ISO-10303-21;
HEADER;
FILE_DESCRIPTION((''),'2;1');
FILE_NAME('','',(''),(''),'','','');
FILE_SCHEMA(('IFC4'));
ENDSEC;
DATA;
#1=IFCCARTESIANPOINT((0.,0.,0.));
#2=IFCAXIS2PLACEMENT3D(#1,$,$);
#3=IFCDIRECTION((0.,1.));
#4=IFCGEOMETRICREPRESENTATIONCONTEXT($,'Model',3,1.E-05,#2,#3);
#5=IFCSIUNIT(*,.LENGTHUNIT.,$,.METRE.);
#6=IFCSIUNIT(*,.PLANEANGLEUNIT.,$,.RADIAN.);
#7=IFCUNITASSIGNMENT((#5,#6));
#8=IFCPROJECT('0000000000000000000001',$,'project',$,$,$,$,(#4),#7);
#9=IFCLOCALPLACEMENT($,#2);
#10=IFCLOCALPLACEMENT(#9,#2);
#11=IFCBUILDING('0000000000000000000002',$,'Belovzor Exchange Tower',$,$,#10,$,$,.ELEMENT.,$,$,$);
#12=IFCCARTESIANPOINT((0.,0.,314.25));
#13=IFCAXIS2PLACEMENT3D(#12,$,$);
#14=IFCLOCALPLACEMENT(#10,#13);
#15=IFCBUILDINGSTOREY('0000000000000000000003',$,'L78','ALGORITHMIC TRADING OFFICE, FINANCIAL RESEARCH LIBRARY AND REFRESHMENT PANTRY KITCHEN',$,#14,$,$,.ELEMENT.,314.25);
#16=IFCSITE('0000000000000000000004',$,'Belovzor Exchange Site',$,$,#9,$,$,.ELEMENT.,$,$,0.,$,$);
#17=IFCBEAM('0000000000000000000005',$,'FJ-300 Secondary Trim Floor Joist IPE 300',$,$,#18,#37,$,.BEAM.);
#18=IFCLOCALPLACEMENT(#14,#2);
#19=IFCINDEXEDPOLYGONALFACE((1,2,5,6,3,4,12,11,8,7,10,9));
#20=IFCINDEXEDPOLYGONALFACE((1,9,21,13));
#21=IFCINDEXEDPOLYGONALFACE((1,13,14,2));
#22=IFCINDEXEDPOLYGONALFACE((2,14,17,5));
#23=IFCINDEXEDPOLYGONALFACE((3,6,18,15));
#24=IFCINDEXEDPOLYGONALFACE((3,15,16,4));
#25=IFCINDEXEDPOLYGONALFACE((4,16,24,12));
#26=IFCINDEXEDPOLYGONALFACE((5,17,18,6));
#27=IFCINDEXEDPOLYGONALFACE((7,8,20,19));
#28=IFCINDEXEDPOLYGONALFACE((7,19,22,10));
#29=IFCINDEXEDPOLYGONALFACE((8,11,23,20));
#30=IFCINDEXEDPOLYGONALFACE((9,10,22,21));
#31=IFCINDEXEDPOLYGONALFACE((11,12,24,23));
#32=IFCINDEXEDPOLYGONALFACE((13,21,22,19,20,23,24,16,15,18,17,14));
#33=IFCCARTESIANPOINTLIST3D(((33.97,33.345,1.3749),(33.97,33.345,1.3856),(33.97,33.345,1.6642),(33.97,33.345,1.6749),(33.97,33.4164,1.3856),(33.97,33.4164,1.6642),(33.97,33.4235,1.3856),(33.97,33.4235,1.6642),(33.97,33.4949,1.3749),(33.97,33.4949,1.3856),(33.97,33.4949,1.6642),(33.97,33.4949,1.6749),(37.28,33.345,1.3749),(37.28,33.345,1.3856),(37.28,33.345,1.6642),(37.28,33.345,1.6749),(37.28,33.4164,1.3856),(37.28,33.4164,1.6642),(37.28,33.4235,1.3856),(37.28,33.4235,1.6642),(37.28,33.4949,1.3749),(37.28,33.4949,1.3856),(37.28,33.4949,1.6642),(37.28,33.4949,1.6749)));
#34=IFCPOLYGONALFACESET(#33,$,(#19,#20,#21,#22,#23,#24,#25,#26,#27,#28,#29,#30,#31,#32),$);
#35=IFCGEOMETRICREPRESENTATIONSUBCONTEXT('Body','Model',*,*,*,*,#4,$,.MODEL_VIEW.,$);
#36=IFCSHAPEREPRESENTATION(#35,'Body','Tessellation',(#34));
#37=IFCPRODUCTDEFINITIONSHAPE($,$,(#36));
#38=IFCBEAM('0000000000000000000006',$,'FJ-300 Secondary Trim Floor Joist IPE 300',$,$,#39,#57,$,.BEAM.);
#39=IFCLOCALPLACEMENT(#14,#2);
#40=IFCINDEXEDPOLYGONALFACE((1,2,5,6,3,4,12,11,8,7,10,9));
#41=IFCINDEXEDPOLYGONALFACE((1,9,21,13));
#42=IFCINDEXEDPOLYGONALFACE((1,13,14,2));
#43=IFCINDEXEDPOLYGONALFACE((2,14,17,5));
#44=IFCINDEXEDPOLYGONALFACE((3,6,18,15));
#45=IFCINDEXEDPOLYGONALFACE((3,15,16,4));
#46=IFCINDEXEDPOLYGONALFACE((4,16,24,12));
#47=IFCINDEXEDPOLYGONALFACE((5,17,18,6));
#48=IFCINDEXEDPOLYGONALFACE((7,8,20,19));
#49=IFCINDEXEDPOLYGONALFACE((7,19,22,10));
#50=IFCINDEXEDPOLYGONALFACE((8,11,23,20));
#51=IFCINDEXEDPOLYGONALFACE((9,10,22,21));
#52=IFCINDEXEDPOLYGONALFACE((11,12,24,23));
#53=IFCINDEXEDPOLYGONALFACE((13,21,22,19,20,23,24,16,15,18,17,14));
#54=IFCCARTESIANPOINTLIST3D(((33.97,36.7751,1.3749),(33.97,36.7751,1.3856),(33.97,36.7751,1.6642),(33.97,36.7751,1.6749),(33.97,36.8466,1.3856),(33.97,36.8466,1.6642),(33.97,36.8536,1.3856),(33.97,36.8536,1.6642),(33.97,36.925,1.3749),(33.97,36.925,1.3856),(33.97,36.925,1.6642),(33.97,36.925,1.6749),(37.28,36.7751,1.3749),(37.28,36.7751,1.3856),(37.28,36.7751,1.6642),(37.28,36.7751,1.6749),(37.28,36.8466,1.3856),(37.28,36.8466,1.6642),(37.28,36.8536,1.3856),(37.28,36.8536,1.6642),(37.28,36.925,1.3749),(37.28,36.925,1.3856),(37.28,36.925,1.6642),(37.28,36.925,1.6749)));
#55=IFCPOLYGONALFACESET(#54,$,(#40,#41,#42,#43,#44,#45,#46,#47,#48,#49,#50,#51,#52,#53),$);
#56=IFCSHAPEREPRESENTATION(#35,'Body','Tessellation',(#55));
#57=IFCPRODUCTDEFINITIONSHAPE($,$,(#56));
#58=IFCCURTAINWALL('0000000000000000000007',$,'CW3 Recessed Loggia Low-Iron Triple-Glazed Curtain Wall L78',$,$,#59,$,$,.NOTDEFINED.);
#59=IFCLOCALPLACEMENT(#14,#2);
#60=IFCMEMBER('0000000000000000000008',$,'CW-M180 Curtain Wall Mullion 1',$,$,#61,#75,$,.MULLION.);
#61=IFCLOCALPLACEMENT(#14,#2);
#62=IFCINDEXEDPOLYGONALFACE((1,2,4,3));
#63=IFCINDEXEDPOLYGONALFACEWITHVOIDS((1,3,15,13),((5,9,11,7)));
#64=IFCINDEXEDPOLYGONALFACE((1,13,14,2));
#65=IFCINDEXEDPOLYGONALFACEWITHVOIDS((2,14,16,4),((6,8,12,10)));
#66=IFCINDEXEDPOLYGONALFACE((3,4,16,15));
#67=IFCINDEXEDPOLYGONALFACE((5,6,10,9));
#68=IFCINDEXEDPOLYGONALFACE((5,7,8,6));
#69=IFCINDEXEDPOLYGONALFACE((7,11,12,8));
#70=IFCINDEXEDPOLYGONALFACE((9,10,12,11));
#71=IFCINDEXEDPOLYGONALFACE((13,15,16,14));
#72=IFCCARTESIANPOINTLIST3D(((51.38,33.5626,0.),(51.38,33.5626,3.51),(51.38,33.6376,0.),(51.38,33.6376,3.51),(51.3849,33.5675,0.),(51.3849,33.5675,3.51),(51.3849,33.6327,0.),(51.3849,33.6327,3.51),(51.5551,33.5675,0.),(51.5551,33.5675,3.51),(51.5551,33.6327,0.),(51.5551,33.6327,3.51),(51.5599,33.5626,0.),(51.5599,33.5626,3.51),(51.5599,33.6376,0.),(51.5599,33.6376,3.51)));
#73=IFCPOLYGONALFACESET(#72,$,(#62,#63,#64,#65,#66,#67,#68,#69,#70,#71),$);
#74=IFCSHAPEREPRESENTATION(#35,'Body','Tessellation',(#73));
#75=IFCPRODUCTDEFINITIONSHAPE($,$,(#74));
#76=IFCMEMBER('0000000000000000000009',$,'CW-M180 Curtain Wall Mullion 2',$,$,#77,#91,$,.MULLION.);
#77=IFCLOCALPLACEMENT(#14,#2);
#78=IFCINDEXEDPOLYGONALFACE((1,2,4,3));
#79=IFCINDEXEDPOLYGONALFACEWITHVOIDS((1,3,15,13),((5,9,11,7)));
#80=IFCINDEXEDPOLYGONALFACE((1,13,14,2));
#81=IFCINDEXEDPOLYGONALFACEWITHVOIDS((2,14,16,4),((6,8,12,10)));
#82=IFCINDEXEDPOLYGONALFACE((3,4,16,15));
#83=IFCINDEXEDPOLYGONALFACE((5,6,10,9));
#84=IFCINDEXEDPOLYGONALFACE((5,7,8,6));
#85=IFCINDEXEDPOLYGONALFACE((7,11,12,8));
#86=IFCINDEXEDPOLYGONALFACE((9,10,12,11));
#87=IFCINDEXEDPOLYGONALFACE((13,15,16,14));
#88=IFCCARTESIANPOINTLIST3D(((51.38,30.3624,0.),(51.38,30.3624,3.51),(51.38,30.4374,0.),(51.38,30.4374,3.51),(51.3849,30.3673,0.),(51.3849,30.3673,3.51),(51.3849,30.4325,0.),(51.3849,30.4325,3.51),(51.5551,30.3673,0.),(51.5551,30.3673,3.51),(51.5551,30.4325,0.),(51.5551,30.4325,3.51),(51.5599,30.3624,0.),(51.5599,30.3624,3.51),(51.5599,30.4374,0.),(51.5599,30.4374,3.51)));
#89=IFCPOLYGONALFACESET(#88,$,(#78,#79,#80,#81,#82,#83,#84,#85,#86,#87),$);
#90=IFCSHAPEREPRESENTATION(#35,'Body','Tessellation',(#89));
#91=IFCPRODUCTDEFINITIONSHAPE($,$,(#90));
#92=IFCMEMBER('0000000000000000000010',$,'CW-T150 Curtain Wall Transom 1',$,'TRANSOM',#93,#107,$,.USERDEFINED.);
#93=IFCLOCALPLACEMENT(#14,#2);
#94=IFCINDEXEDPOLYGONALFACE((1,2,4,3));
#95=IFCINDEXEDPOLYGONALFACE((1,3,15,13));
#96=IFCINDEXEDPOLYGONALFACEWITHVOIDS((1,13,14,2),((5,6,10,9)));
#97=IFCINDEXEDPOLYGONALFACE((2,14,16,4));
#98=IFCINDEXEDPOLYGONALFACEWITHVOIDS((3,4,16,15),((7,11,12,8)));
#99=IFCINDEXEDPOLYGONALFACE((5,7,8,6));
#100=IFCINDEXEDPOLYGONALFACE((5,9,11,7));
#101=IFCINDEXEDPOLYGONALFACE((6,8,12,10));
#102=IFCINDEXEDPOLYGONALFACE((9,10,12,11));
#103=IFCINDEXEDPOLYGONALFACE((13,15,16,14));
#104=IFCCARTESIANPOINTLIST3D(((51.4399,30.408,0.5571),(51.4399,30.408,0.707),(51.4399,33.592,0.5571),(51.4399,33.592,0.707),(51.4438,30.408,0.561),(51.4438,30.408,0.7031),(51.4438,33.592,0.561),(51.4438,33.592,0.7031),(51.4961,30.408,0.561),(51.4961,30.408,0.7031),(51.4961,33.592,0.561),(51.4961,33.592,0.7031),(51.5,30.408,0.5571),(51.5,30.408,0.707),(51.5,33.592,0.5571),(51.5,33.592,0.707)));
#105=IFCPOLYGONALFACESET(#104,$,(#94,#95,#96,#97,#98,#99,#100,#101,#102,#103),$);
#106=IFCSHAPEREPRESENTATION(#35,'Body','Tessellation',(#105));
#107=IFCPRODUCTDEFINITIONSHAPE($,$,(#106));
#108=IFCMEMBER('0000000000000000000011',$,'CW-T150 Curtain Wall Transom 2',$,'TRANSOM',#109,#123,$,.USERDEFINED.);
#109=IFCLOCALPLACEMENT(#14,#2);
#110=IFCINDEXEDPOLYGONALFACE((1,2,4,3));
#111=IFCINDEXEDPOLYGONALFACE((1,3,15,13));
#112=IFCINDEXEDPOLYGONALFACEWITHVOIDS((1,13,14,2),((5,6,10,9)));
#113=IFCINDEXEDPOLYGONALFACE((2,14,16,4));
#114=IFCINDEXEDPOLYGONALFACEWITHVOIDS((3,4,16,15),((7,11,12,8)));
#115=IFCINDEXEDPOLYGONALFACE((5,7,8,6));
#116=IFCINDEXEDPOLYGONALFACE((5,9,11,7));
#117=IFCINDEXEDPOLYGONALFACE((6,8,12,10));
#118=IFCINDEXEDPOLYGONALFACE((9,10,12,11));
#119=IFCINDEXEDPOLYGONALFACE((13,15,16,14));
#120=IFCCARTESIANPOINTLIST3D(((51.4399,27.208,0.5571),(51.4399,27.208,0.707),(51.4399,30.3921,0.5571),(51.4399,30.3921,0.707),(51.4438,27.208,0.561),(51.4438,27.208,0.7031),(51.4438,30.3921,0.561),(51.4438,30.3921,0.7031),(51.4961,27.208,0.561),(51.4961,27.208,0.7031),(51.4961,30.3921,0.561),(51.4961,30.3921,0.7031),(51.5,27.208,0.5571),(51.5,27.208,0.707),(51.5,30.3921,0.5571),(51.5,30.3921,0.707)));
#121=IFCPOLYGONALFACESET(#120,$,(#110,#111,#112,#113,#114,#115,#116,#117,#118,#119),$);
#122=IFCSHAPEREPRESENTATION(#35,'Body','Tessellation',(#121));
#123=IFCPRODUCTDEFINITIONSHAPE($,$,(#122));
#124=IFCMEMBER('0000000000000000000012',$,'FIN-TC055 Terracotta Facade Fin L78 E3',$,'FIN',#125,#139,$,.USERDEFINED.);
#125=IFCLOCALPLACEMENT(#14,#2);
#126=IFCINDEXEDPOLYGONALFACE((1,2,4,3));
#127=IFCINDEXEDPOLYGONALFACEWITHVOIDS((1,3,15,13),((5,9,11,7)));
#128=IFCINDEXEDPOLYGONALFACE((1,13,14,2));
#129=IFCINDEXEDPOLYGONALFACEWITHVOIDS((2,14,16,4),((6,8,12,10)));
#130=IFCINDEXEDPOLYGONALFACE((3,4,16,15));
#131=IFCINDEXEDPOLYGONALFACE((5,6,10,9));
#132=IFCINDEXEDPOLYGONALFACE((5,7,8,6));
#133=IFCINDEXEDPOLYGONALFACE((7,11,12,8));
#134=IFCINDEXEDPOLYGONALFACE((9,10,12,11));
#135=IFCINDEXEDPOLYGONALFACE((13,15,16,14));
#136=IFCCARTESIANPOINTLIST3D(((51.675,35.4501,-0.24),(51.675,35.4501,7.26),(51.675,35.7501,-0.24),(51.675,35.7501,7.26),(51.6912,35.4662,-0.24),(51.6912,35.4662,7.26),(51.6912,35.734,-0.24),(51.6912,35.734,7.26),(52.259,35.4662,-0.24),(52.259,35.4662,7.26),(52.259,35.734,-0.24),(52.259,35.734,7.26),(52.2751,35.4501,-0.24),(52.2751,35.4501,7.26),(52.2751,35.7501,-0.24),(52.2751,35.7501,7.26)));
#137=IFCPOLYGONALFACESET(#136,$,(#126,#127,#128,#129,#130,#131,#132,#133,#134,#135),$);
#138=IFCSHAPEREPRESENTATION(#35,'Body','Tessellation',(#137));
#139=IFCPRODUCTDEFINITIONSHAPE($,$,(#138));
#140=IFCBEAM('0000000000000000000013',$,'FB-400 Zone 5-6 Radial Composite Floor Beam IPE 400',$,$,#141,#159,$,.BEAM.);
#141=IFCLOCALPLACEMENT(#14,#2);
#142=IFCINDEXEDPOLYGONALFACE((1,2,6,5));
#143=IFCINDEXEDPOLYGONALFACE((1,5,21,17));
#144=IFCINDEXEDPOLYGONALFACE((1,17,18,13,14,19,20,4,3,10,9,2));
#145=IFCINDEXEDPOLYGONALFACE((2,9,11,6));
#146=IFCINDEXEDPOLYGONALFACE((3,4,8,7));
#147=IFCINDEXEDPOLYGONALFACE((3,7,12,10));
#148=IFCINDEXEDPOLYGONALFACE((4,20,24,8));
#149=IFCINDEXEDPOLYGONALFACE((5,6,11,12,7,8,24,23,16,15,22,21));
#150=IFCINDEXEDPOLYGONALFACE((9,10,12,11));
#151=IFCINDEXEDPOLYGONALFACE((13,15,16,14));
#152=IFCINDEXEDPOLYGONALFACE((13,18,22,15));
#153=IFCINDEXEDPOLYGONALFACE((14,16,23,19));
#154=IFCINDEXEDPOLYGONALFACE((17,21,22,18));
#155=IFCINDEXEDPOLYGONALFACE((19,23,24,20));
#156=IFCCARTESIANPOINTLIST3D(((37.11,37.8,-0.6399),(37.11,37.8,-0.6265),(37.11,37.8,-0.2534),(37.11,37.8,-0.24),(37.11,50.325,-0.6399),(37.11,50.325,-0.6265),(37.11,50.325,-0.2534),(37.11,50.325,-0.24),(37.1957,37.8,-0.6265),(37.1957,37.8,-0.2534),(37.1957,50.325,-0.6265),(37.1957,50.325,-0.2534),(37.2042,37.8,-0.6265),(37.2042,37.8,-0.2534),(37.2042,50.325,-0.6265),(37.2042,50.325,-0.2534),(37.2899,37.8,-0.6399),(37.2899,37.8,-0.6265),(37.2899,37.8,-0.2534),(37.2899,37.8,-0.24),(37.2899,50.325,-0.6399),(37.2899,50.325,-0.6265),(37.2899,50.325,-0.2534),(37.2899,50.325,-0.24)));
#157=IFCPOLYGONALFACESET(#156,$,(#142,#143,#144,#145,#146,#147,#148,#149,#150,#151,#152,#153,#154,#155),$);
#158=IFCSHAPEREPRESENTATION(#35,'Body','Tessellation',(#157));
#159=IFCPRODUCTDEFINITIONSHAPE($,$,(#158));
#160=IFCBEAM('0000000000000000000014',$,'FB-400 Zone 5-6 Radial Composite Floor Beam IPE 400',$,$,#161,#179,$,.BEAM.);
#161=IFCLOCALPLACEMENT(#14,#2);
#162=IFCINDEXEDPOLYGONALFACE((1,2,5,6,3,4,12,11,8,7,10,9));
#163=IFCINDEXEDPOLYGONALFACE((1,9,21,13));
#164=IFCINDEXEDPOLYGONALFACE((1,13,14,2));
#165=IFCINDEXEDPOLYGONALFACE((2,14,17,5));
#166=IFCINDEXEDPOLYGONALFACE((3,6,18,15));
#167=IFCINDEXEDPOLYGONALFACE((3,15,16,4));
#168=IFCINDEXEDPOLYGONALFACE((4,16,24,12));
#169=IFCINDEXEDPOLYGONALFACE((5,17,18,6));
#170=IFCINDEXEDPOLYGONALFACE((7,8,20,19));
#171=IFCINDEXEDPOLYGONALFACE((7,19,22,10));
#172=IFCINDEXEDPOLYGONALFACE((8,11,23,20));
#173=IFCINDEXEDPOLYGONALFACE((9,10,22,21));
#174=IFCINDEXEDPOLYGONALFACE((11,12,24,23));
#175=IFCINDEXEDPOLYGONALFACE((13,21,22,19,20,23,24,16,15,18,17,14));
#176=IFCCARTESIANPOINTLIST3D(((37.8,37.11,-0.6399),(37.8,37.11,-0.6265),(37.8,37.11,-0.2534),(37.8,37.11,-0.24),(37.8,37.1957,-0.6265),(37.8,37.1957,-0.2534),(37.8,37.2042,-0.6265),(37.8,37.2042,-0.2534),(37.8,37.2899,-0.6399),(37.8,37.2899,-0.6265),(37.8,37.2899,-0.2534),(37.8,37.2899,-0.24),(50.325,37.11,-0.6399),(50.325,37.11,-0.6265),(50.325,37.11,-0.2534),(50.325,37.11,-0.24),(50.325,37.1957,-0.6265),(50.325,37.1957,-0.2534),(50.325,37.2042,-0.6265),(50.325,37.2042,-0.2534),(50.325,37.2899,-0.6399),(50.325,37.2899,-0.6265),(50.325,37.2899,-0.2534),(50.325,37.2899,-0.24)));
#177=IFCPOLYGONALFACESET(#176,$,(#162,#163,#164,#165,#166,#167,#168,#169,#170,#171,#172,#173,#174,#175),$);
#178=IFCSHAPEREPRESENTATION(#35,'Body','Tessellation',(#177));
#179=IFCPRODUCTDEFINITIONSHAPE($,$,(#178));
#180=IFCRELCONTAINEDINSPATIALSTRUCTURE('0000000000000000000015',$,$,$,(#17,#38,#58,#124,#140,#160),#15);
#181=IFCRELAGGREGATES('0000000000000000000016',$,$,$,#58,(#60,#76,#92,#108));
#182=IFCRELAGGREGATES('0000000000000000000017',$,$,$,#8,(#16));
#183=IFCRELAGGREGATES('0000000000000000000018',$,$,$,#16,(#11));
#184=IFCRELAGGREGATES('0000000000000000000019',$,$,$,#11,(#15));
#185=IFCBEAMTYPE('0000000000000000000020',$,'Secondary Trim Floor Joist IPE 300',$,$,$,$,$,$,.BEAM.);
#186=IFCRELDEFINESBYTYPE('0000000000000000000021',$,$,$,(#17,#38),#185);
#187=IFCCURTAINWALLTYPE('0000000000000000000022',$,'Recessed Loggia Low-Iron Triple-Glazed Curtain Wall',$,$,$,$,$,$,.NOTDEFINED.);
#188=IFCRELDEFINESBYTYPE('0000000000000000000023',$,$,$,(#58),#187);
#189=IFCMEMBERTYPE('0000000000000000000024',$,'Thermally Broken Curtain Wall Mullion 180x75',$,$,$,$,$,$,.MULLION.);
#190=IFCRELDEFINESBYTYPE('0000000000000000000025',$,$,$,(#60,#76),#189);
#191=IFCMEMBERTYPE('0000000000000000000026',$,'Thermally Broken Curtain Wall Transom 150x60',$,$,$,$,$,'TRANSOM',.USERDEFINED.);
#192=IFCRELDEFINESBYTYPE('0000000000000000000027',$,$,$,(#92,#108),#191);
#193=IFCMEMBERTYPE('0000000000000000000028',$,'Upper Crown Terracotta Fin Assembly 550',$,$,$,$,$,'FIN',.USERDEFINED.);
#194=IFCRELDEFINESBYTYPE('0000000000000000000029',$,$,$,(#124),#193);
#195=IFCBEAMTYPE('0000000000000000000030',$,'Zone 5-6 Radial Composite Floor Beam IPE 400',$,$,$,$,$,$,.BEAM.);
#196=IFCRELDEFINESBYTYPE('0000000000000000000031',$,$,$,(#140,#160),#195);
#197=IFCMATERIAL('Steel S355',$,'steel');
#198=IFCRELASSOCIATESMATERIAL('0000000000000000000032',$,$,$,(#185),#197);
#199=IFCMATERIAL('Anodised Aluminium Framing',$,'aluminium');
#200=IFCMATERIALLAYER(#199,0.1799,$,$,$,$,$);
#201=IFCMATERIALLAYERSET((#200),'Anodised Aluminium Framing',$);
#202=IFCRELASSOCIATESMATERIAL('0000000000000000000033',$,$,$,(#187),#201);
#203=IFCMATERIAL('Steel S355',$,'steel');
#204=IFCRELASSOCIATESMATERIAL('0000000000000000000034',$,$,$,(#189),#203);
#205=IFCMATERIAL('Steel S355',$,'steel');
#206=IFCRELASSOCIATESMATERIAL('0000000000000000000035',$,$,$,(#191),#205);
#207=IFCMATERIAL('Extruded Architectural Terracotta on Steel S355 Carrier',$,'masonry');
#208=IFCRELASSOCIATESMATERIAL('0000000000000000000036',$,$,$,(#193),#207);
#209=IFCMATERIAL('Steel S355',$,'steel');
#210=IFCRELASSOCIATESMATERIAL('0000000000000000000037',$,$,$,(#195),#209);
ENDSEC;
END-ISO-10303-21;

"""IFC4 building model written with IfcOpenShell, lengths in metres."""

from ifc_helpers import new_model, si_unit, direction, frame, origin, origin_2d, place, context, subcontext, project, spatial, hollow_rectangle, i_section, extrude, material, layer, layer_set, material_profile, profile_set, type_object, element, aggregate, save


model = new_model("IFC4")

# Units and contexts
model_context = context("Model", 3, precision=1e-05, world=origin(), true_north=direction((0.0, 1.0)))
body_context = subcontext(model_context, "Body", "Model", "MODEL_VIEW")
ifc_project = project(units=[si_unit("LENGTHUNIT", "METRE"), si_unit("PLANEANGLEUNIT", "RADIAN")], contexts=[model_context])

# Site, building, storey
site_placement = place(None, origin())
site = spatial("IfcSite", under=ifc_project, at=site_placement, Name="Belovzor Exchange Site", CompositionType="ELEMENT", RefElevation=0.0)
building_placement = place(site_placement, origin())
building = spatial("IfcBuilding", under=site, at=building_placement, Name="Belovzor Exchange Tower", CompositionType="ELEMENT")
storey_placement = place(building_placement, frame((0.0, 0.0, 314.25)))
storey = spatial("IfcBuildingStorey", under=building, at=storey_placement, Name="L78", Description="ALGORITHMIC TRADING OFFICE, FINANCIAL RESEARCH LIBRARY AND REFRESHMENT PANTRY KITCHEN", CompositionType="ELEMENT", Elevation=314.25)

# Beams
ifc_material_1 = material(Name="Steel S355", Category="steel")
ifc_material_profile_1 = material_profile(ifc_material_1, i_section(OverallWidth=0.1499, OverallDepth=0.3, WebThickness=0.0071, FlangeThickness=0.0107, at=origin_2d()))
ifc_profile_set_1 = profile_set([ifc_material_profile_1], Name="Steel S355")
beam_type_1 = type_object("IfcBeamType", Name="Secondary Trim Floor Joist IPE 300", PredefinedType="BEAM", material=ifc_profile_set_1)
for number, where, z_axis, x_axis, name in (
    (1, (37.28, 33.4199, 1.5249), (-1.0, 0.0, 0.0), (0.0, -1.0, 0.0), "FJ-300 Secondary Trim Floor Joist IPE 300"),
    (2, (37.28, 36.8501, 1.5249), (-1.0, 0.0, 0.0), (0.0, -1.0, 0.0), "FJ-300 Secondary Trim Floor Joist IPE 300"),
):
    element("IfcBeam", number, at=place(storey_placement, frame(where, z_axis=z_axis, x_axis=x_axis)), inside=storey, type_object=beam_type_1, Name=name, PredefinedType="BEAM", context=body_context, shape_type="SweptSolid", body=[
        extrude(i_section(OverallWidth=0.1499, OverallDepth=0.3, WebThickness=0.0071, FlangeThickness=0.0107, at=origin_2d()), origin(), (0.0, 0.0, 1.0), 3.3101),
    ])

# Curtain wall, members
ifc_material_2 = material(Name="Anodised Aluminium Framing", Category="aluminium")
ifc_layer_1 = layer(ifc_material_2, 0.1799)
ifc_layer_set_1 = layer_set([ifc_layer_1], Name="Anodised Aluminium Framing")
curtain_wall_type = type_object("IfcCurtainWallType", Name="Recessed Loggia Low-Iron Triple-Glazed Curtain Wall", PredefinedType="NOTDEFINED", material=ifc_layer_set_1)
curtain_wall_placement = place(storey_placement, origin())
curtain_wall = element("IfcCurtainWall", 3, at=curtain_wall_placement, inside=storey, type_object=curtain_wall_type, Name="CW3 Recessed Loggia Low-Iron Triple-Glazed Curtain Wall L78", PredefinedType="NOTDEFINED")
ifc_material_3 = material(Name="Steel S355", Category="steel")
ifc_material_profile_2 = material_profile(ifc_material_3, hollow_rectangle(XDim=0.075, YDim=0.1799, WallThickness=0.0049, at=origin_2d()))
ifc_profile_set_2 = profile_set([ifc_material_profile_2], Name="Steel S355")
member_type_1 = type_object("IfcMemberType", Name="Thermally Broken Curtain Wall Mullion 180x75", PredefinedType="MULLION", material=ifc_profile_set_2)
member_1_placement = place(storey_placement, frame((51.47, 33.6001, 0.0), z_axis=(0.0, 0.0, 1.0), x_axis=(0.0, -1.0, 0.0)))
member_1 = element("IfcMember", 4, at=member_1_placement, type_object=member_type_1, Name="CW-M180 Curtain Wall Mullion 1", PredefinedType="MULLION", context=body_context, shape_type="SweptSolid", body=[
    extrude(hollow_rectangle(XDim=0.075, YDim=0.1799, WallThickness=0.0049, at=origin_2d()), origin(), (0.0, 0.0, 1.0), 3.51),
])
member_2_placement = place(storey_placement, frame((51.47, 30.3999, 0.0), z_axis=(0.0, 0.0, 1.0), x_axis=(0.0, -1.0, 0.0)))
member_2 = element("IfcMember", 5, at=member_2_placement, type_object=member_type_1, Name="CW-M180 Curtain Wall Mullion 2", PredefinedType="MULLION", context=body_context, shape_type="SweptSolid", body=[
    extrude(hollow_rectangle(XDim=0.075, YDim=0.1799, WallThickness=0.0049, at=origin_2d()), origin(), (0.0, 0.0, 1.0), 3.51),
])
ifc_material_4 = material(Name="Steel S355", Category="steel")
ifc_material_profile_3 = material_profile(ifc_material_4, hollow_rectangle(XDim=0.0601, YDim=0.1499, WallThickness=0.0039, at=origin_2d()))
ifc_profile_set_3 = profile_set([ifc_material_profile_3], Name="Steel S355")
member_type_2 = type_object("IfcMemberType", Name="Thermally Broken Curtain Wall Transom 150x60", ElementType="TRANSOM", PredefinedType="USERDEFINED", material=ifc_profile_set_3)
member_3_placement = place(storey_placement, frame((51.47, 33.592, 0.6321), z_axis=(0.0, -1.0, 0.0), x_axis=(1.0, 0.0, 0.0)))
member_3 = element("IfcMember", 6, at=member_3_placement, type_object=member_type_2, Name="CW-T150 Curtain Wall Transom 1", ObjectType="TRANSOM", PredefinedType="USERDEFINED", context=body_context, shape_type="SweptSolid", body=[
    extrude(hollow_rectangle(XDim=0.0601, YDim=0.1499, WallThickness=0.0039, at=origin_2d()), origin(), (0.0, 0.0, 1.0), 3.1841),
])
member_4_placement = place(storey_placement, frame((51.47, 30.3921, 0.6321), z_axis=(0.0, -1.0, 0.0), x_axis=(1.0, 0.0, 0.0)))
member_4 = element("IfcMember", 7, at=member_4_placement, type_object=member_type_2, Name="CW-T150 Curtain Wall Transom 2", ObjectType="TRANSOM", PredefinedType="USERDEFINED", context=body_context, shape_type="SweptSolid", body=[
    extrude(hollow_rectangle(XDim=0.0601, YDim=0.1499, WallThickness=0.0039, at=origin_2d()), origin(), (0.0, 0.0, 1.0), 3.1841),
])

# Member
ifc_material_5 = material(Name="Extruded Architectural Terracotta on Steel S355 Carrier", Category="masonry")
ifc_material_profile_4 = material_profile(ifc_material_5, hollow_rectangle(XDim=0.3, YDim=0.6001, WallThickness=0.0161, at=origin_2d()))
ifc_profile_set_4 = profile_set([ifc_material_profile_4], Name="Extruded Architectural Terracotta on Steel S355 Carrier")
member_type_3 = type_object("IfcMemberType", Name="Upper Crown Terracotta Fin Assembly 550", ElementType="FIN", PredefinedType="USERDEFINED", material=ifc_profile_set_4)
member_5_placement = place(storey_placement, frame((51.9751, 35.6001, -0.24), z_axis=(0.0, 0.0, 1.0), x_axis=(0.0, 1.0, 0.0)))
element("IfcMember", 8, at=member_5_placement, inside=storey, type_object=member_type_3, Name="FIN-TC055 Terracotta Facade Fin L78 E3", ObjectType="FIN", PredefinedType="USERDEFINED", context=body_context, shape_type="SweptSolid", body=[
    extrude(hollow_rectangle(XDim=0.3, YDim=0.6001, WallThickness=0.0161, at=origin_2d()), origin(), (0.0, 0.0, 1.0), 7.5),
])

# Beams
ifc_material_6 = material(Name="Steel S355", Category="steel")
ifc_material_profile_5 = material_profile(ifc_material_6, i_section(OverallWidth=0.1799, OverallDepth=0.3999, WebThickness=0.0085, FlangeThickness=0.0134, at=origin_2d()))
ifc_profile_set_5 = profile_set([ifc_material_profile_5], Name="Steel S355")
beam_type_2 = type_object("IfcBeamType", Name="Zone 5-6 Radial Composite Floor Beam IPE 400", PredefinedType="BEAM", material=ifc_profile_set_5)
for number, where, z_axis, x_axis, name in (
    (9, (37.2, 37.8, -0.4399), (0.0, 1.0, 0.0), (-1.0, 0.0, 0.0), "FB-400 Zone 5-6 Radial Composite Floor Beam IPE 400"),
    (10, (37.8, 37.2, -0.4399), (1.0, 0.0, 0.0), (0.0, 1.0, 0.0), "FB-400 Zone 5-6 Radial Composite Floor Beam IPE 400"),
):
    element("IfcBeam", number, at=place(storey_placement, frame(where, z_axis=z_axis, x_axis=x_axis)), inside=storey, type_object=beam_type_2, Name=name, PredefinedType="BEAM", context=body_context, shape_type="SweptSolid", body=[
        extrude(i_section(OverallWidth=0.1799, OverallDepth=0.3999, WebThickness=0.0085, FlangeThickness=0.0134, at=origin_2d()), origin(), (0.0, 0.0, 1.0), 12.5249),
    ])

aggregate(curtain_wall, [member_1, member_2, member_3, member_4])

save(model, "model.ifc")
